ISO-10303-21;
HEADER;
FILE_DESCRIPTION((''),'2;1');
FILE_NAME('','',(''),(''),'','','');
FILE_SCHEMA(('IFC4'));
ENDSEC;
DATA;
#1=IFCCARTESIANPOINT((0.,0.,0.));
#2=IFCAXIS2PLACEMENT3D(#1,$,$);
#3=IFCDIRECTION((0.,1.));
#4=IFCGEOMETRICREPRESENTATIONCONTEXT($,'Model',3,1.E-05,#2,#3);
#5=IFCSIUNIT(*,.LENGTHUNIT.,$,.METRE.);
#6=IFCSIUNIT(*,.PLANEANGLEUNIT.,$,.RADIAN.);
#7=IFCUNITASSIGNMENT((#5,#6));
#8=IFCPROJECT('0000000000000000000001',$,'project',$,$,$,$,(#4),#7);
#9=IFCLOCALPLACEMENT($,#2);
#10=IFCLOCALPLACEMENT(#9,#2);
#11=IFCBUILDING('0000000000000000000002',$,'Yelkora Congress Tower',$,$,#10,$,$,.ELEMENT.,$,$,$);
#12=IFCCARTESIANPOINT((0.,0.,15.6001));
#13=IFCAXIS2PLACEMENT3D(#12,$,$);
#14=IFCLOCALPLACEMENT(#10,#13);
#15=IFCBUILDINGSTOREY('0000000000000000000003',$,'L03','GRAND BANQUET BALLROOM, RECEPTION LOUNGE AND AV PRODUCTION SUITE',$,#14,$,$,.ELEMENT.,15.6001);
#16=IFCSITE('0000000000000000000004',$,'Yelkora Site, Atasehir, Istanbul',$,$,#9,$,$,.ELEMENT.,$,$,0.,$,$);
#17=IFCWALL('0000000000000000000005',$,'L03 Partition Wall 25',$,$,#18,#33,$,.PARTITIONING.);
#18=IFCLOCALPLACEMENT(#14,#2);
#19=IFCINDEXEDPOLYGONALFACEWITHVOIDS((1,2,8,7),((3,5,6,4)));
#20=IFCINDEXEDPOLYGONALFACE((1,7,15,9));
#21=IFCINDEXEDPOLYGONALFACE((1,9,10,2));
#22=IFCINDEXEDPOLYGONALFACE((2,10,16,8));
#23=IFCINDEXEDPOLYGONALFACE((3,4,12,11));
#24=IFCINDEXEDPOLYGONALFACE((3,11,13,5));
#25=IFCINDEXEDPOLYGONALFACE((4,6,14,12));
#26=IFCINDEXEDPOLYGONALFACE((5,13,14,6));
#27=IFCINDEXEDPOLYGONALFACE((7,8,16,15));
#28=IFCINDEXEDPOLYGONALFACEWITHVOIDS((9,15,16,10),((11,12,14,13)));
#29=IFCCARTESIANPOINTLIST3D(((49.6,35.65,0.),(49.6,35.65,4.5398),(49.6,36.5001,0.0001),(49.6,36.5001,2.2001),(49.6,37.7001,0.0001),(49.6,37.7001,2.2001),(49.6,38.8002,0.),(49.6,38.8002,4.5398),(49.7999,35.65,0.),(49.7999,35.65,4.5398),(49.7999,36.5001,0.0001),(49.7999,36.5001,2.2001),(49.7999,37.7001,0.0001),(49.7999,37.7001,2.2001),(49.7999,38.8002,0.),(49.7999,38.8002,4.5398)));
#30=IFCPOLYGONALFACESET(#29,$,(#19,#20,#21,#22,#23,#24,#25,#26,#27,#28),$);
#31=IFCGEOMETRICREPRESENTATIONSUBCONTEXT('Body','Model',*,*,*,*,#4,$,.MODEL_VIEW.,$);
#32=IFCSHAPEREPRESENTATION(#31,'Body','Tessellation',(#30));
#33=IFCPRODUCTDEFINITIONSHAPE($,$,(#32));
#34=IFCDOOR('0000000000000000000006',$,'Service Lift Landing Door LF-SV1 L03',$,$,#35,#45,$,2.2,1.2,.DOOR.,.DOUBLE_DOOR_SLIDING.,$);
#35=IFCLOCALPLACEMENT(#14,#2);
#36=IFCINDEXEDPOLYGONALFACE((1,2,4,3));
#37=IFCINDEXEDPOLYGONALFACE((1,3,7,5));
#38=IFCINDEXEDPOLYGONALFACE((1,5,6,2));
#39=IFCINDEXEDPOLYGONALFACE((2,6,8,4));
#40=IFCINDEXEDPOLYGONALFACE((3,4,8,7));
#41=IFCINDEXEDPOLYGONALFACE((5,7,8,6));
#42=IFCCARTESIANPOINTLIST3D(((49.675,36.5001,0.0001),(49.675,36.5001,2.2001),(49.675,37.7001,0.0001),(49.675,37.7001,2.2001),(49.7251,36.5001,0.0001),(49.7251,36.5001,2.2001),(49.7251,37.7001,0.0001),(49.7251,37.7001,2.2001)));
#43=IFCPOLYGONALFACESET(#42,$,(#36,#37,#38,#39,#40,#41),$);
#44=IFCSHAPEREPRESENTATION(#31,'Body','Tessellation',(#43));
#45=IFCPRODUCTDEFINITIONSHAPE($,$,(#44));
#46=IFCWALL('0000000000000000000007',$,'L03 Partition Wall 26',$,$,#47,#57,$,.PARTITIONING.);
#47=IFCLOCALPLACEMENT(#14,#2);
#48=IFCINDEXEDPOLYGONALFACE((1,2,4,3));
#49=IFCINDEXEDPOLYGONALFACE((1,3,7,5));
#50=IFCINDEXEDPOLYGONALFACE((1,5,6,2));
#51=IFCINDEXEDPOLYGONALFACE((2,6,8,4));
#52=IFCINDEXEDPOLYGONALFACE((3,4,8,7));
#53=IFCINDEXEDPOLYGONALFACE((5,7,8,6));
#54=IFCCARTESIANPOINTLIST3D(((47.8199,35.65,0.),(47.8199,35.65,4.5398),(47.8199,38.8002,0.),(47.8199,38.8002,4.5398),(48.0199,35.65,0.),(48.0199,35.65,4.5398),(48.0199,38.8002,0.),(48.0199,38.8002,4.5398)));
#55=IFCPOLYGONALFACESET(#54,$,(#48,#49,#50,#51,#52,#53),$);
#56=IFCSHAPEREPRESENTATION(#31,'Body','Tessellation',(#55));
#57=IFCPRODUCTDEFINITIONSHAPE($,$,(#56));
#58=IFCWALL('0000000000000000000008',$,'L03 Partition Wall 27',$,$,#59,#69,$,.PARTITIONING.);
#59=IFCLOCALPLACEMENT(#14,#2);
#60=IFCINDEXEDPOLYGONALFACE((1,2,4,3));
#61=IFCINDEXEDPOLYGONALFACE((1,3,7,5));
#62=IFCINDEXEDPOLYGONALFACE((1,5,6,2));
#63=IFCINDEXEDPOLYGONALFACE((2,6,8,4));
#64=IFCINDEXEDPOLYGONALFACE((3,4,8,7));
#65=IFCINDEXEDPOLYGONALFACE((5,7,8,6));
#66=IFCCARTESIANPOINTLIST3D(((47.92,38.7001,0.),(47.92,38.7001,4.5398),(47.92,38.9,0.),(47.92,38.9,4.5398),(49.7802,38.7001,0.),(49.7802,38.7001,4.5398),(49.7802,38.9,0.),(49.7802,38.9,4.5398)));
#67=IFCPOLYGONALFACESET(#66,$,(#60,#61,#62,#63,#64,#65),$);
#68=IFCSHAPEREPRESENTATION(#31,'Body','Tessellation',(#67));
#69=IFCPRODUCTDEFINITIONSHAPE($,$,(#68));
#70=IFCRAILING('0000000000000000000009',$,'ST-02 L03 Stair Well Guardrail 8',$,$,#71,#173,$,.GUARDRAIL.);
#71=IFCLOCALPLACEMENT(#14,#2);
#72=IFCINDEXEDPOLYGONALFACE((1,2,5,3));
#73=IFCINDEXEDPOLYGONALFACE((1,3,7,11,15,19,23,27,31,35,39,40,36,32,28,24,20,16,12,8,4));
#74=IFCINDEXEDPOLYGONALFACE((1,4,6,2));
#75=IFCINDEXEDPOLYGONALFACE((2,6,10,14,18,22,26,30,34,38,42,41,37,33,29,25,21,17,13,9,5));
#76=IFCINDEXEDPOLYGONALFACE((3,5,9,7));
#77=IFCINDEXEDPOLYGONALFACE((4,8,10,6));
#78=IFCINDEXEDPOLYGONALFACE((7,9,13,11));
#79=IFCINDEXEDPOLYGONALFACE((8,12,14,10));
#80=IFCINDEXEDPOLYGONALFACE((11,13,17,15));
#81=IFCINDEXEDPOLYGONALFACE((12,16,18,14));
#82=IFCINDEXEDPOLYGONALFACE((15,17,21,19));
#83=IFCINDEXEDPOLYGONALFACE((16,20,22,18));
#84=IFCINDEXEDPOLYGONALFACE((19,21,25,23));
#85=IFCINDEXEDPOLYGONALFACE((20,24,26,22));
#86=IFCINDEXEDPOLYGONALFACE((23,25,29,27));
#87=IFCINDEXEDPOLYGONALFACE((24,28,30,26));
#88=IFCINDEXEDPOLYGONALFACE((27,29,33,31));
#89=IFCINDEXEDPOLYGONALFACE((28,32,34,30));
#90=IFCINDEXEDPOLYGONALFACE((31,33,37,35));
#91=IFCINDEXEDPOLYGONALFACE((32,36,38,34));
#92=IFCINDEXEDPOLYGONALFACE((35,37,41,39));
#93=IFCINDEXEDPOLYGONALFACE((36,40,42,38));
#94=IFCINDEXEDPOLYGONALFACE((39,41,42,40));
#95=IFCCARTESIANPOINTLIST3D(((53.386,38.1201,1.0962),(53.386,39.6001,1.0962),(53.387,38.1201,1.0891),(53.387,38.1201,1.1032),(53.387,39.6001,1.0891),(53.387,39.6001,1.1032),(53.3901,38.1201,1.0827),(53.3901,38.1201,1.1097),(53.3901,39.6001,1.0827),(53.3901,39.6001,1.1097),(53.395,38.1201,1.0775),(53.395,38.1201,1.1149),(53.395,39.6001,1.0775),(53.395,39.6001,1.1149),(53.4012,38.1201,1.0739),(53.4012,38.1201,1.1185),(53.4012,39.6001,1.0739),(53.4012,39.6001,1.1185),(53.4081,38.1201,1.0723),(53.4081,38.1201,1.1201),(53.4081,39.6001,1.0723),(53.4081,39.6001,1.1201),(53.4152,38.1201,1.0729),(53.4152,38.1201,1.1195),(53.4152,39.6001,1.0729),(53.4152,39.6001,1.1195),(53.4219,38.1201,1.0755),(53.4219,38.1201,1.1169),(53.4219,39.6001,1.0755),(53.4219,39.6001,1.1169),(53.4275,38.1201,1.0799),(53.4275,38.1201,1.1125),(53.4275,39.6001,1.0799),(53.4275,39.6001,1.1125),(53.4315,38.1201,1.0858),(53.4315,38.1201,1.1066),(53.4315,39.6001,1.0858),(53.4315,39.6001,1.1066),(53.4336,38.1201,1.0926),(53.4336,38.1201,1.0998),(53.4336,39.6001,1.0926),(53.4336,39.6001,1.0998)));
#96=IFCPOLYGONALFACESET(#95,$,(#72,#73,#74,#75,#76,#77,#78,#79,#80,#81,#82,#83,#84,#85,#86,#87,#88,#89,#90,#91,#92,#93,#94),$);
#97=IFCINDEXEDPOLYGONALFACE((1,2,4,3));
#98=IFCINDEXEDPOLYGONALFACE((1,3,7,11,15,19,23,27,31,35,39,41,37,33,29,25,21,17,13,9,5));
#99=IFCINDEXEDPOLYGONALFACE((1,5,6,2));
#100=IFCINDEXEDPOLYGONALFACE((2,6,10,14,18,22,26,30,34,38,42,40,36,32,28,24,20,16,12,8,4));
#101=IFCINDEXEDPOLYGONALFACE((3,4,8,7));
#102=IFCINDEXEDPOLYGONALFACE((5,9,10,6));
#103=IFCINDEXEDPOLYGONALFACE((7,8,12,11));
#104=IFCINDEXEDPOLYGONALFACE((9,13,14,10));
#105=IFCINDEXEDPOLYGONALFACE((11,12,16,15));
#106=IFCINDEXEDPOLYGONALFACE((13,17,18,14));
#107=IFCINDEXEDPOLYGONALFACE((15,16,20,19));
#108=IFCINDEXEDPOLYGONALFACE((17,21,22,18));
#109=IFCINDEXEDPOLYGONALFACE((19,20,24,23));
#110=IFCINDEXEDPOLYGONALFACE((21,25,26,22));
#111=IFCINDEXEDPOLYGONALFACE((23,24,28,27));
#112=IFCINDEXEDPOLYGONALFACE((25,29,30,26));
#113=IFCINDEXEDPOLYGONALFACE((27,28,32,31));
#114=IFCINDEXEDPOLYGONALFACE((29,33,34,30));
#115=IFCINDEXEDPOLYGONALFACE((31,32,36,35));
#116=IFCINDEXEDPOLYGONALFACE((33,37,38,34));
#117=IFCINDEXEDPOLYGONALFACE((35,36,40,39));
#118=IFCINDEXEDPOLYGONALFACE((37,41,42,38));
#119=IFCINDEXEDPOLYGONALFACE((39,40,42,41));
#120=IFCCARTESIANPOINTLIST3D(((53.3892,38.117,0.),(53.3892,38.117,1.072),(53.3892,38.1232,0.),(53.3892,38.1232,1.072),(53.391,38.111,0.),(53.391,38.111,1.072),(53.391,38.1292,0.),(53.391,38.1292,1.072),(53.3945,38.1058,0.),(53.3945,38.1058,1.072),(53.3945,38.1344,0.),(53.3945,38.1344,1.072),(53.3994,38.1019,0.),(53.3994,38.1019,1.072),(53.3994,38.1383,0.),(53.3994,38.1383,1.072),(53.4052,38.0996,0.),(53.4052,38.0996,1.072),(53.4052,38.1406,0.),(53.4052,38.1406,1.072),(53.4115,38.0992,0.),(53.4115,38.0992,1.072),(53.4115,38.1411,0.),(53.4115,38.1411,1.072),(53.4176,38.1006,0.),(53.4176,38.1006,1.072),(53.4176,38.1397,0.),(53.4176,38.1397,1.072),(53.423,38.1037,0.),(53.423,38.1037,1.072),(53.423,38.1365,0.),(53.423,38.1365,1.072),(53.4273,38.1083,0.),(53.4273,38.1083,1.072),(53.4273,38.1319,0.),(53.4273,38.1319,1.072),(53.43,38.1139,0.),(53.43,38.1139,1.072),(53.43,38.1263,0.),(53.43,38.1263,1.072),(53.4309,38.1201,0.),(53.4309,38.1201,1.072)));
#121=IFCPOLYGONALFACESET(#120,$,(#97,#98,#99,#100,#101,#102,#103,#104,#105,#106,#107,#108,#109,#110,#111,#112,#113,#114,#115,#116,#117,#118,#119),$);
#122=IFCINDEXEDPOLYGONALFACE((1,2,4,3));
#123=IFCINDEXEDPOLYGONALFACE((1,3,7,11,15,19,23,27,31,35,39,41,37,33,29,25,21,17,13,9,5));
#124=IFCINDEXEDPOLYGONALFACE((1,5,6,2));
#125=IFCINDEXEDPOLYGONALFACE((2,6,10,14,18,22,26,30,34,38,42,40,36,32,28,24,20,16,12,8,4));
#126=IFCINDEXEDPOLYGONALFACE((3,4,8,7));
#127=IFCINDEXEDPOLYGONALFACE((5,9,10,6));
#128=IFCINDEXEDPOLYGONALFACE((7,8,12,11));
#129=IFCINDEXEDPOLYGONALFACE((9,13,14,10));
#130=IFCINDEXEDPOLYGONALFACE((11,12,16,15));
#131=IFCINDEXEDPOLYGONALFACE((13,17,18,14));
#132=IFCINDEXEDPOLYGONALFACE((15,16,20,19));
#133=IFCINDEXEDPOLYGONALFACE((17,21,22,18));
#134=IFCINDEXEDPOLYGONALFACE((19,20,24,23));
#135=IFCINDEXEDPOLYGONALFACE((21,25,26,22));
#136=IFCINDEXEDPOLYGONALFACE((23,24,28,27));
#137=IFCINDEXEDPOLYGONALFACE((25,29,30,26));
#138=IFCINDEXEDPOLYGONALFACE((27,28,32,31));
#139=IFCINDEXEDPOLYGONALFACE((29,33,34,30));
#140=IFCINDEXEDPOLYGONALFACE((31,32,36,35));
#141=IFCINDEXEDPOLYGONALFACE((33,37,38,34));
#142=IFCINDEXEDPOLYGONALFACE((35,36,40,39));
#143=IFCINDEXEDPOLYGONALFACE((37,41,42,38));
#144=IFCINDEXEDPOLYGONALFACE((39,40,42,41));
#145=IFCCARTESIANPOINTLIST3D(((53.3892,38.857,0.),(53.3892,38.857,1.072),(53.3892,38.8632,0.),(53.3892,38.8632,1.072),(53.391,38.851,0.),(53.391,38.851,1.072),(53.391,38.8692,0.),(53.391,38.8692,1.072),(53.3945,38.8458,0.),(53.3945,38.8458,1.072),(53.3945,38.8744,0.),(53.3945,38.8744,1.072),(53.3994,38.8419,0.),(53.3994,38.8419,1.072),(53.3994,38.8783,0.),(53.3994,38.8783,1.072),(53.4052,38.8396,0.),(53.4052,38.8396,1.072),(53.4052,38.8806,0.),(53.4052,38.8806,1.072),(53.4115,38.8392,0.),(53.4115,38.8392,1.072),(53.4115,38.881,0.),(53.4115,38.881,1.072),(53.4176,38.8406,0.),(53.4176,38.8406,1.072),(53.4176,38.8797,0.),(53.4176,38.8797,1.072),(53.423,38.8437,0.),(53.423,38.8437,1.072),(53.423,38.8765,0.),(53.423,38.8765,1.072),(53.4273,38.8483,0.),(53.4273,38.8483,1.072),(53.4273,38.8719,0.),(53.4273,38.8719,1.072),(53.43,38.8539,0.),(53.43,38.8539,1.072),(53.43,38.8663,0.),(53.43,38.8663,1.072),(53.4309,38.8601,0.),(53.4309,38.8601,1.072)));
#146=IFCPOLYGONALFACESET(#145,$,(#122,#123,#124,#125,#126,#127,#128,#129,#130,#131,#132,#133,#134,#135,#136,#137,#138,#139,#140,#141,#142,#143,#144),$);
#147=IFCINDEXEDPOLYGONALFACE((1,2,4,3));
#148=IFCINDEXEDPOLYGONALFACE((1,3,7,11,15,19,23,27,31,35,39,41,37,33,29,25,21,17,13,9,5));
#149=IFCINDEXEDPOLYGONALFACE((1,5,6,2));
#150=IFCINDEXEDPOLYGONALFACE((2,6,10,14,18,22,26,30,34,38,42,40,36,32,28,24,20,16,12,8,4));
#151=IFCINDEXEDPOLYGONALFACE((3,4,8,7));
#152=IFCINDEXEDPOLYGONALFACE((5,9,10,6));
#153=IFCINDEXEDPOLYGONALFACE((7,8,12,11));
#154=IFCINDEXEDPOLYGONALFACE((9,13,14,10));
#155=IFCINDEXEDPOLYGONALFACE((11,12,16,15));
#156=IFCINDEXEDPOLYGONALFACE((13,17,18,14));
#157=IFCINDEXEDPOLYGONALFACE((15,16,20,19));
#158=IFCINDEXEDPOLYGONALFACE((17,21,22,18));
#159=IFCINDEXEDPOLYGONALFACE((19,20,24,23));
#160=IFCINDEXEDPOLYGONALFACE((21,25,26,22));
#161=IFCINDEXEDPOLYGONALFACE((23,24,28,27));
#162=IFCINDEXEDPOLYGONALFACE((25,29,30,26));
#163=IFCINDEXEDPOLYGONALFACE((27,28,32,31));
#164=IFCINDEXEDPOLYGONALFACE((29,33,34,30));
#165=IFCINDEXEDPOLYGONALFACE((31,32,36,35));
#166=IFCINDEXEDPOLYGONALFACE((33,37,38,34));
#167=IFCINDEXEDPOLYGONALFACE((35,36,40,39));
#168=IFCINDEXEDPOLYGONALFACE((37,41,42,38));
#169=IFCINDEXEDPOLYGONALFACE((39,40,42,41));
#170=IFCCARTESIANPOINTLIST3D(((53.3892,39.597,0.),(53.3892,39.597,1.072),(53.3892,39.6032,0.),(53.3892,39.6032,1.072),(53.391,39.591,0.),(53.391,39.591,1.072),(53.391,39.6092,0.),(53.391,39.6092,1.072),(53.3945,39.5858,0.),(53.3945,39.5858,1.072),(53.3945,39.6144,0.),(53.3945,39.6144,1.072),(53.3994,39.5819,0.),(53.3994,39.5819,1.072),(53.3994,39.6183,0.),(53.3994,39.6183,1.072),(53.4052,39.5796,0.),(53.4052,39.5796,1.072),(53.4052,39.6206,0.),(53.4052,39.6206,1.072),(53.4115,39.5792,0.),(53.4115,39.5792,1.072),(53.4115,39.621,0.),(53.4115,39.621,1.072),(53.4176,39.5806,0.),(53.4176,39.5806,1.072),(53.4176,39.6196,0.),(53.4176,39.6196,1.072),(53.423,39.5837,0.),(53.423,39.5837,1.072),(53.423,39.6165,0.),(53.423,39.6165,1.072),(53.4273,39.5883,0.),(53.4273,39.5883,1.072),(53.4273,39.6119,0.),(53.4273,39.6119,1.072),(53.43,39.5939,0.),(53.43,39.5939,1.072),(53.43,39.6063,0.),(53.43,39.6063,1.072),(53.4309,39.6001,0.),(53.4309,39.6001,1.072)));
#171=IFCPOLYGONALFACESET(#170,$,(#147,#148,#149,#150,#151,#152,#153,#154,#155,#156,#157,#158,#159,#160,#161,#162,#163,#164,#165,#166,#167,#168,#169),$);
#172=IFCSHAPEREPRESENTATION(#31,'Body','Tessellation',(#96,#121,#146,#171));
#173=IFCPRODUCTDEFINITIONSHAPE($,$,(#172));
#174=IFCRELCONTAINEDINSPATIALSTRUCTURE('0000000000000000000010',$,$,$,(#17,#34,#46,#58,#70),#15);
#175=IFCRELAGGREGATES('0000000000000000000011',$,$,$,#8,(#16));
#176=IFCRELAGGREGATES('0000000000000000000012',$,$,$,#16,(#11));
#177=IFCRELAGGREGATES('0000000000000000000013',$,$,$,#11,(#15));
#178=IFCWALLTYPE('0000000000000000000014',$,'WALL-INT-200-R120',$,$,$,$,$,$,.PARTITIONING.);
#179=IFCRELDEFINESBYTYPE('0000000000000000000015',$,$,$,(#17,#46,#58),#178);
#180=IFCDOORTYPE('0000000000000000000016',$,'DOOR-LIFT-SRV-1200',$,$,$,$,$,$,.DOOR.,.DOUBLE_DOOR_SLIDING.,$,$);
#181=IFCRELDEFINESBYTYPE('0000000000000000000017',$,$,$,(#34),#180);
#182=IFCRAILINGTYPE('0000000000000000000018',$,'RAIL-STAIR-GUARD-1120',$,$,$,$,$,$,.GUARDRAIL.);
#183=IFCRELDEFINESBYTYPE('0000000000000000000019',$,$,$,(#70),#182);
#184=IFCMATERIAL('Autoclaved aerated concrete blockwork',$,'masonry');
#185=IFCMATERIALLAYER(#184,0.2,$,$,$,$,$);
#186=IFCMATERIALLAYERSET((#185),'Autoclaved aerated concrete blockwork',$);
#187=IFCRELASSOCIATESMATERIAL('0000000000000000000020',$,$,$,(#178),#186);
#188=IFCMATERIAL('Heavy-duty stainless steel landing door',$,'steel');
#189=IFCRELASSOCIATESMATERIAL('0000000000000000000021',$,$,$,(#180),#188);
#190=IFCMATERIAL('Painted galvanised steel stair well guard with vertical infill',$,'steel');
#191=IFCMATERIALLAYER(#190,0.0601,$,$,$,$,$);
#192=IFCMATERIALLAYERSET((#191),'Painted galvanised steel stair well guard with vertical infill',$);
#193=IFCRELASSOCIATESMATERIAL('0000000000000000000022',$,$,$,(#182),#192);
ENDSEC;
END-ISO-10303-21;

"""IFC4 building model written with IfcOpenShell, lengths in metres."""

from ifc_helpers import new_model, si_unit, direction, frame, frame_2d, origin, origin_2d, place, context, subcontext, project, spatial, rectangle, circle, extrude, material, layer, layer_set, type_object, element, fill, save


model = new_model("IFC4")

# Units and contexts
model_context = context("Model", 3, precision=1e-05, world=origin(), true_north=direction((0.0, 1.0)))
body_context = subcontext(model_context, "Body", "Model", "MODEL_VIEW")
ifc_project = project(units=[si_unit("LENGTHUNIT", "METRE"), si_unit("PLANEANGLEUNIT", "RADIAN")], contexts=[model_context])

# Site, building, storey
site_placement = place(None, origin())
site = spatial("IfcSite", under=ifc_project, at=site_placement, Name="Yelkora Site, Atasehir, Istanbul", CompositionType="ELEMENT", RefElevation=0.0)
building_placement = place(site_placement, origin())
building = spatial("IfcBuilding", under=site, at=building_placement, Name="Yelkora Congress Tower", CompositionType="ELEMENT")
storey_placement = place(building_placement, frame((0.0, 0.0, 15.6001)))
storey = spatial("IfcBuildingStorey", under=building, at=storey_placement, Name="L03", Description="GRAND BANQUET BALLROOM, RECEPTION LOUNGE AND AV PRODUCTION SUITE", CompositionType="ELEMENT", Elevation=15.6001)

# Shared definitions
ifc_material_1 = material(Name="Autoclaved aerated concrete blockwork", Category="masonry")
ifc_layer_1 = layer(ifc_material_1, 0.2)
ifc_layer_set_1 = layer_set([ifc_layer_1], Name="Autoclaved aerated concrete blockwork")
wall_type_1 = type_object("IfcWallType", Name="WALL-INT-200-R120", PredefinedType="PARTITIONING", material=ifc_layer_set_1)

# Wall, opening, door
wall_1_placement = place(storey_placement, frame((49.7, 35.6499, 0.0), z_axis=(0.0, 0.0, 1.0), x_axis=(0.0, 1.0, 0.0)))
wall_1 = element("IfcWall", 1, at=wall_1_placement, inside=storey, type_object=wall_type_1, Name="L03 Partition Wall 25", PredefinedType="PARTITIONING", context=body_context, shape_type="SweptSolid", body=[
    extrude(rectangle(XDim=3.1501, YDim=0.2, at=frame_2d((1.5752, 0.0))), origin(), (0.0, 0.0, 1.0), 4.5398),
])
opening_1_placement = place(wall_1_placement, frame((0.8501, 0.0, 0.0)))
opening_1 = element("IfcOpeningElement", 2, at=opening_1_placement, cuts=wall_1, PredefinedType="OPENING", context=body_context, shape_type="SweptSolid", body=[
    extrude(rectangle(XDim=1.2, YDim=2.2, at=frame_2d((0.6001, 1.1001))), frame((0.0, 0.1099, 0.0), z_axis=(0.0, -1.0, 0.0), x_axis=(1.0, 0.0, 0.0)), (0.0, 0.0, 1.0), 0.22),
])
ifc_material_2 = material(Name="Heavy-duty stainless steel landing door", Category="steel")
door_type_1 = type_object("IfcDoorType", Name="DOOR-LIFT-SRV-1200", OperationType="DOUBLE_DOOR_SLIDING", PredefinedType="DOOR", material=ifc_material_2)
door_1_placement = place(opening_1_placement, origin())
door_1 = element("IfcDoor", 3, at=door_1_placement, inside=storey, type_object=door_type_1, Name="Service Lift Landing Door LF-SV1 L03", OperationType="DOUBLE_DOOR_SLIDING", OverallHeight=2.2, OverallWidth=1.2, PredefinedType="DOOR", context=body_context, shape_type="SweptSolid", body=[
    extrude(rectangle(XDim=1.2, YDim=2.2, at=frame_2d((0.6001, 1.1001))), frame((0.0, 0.0249, 0.0), z_axis=(0.0, -1.0, 0.0), x_axis=(1.0, 0.0, 0.0)), (0.0, 0.0, 1.0), 0.05),
])
fill(opening_1, door_1)

# Walls
wall_2_placement = place(storey_placement, frame((47.9199, 35.6499, 0.0), z_axis=(0.0, 0.0, 1.0), x_axis=(0.0, 1.0, 0.0)))
element("IfcWall", 4, at=wall_2_placement, inside=storey, type_object=wall_type_1, Name="L03 Partition Wall 26", PredefinedType="PARTITIONING", context=body_context, shape_type="SweptSolid", body=[
    extrude(rectangle(XDim=3.1501, YDim=0.2, at=frame_2d((1.5752, 0.0))), origin(), (0.0, 0.0, 1.0), 4.5398),
])
wall_3_placement = place(storey_placement, frame((47.9199, 38.8, 0.0), z_axis=(0.0, 0.0, 1.0), x_axis=(1.0, 0.0, 0.0)))
element("IfcWall", 5, at=wall_3_placement, inside=storey, type_object=wall_type_1, Name="L03 Partition Wall 27", PredefinedType="PARTITIONING", context=body_context, shape_type="SweptSolid", body=[
    extrude(rectangle(XDim=1.8601, YDim=0.2, at=frame_2d((0.9302, 0.0))), origin(), (0.0, 0.0, 1.0), 4.5398),
])

# Railing
ifc_material_3 = material(Name="Painted galvanised steel stair well guard with vertical infill", Category="steel")
ifc_layer_2 = layer(ifc_material_3, 0.0601)
ifc_layer_set_2 = layer_set([ifc_layer_2], Name="Painted galvanised steel stair well guard with vertical infill")
railing_type = type_object("IfcRailingType", Name="RAIL-STAIR-GUARD-1120", PredefinedType="GUARDRAIL", material=ifc_layer_set_2)
for number, where, name in (
    (6, (53.4099, 38.1201, 0.0), "ST-02 L03 Stair Well Guardrail 8"),
):
    element("IfcRailing", number, at=place(storey_placement, frame(where)), inside=storey, type_object=railing_type, Name=name, PredefinedType="GUARDRAIL", context=body_context, shape_type="SweptSolid", body=[
        extrude(circle(Radius=0.0239, at=origin_2d()), frame((0.0, 0.0, 1.0962), z_axis=(0.0, 1.0, 0.0), x_axis=(-1.0, 0.0, 0.0)), (0.0, 0.0, 1.0), 1.48),
        extrude(circle(Radius=0.021, at=origin_2d()), origin(), (0.0, 0.0, 1.0), 1.072),
        extrude(circle(Radius=0.021, at=origin_2d()), frame((0.0, 0.74, 0.0)), (0.0, 0.0, 1.0), 1.072),
        extrude(circle(Radius=0.021, at=origin_2d()), frame((0.0, 1.48, 0.0)), (0.0, 0.0, 1.0), 1.072),
    ])

save(model, "model.ifc")
